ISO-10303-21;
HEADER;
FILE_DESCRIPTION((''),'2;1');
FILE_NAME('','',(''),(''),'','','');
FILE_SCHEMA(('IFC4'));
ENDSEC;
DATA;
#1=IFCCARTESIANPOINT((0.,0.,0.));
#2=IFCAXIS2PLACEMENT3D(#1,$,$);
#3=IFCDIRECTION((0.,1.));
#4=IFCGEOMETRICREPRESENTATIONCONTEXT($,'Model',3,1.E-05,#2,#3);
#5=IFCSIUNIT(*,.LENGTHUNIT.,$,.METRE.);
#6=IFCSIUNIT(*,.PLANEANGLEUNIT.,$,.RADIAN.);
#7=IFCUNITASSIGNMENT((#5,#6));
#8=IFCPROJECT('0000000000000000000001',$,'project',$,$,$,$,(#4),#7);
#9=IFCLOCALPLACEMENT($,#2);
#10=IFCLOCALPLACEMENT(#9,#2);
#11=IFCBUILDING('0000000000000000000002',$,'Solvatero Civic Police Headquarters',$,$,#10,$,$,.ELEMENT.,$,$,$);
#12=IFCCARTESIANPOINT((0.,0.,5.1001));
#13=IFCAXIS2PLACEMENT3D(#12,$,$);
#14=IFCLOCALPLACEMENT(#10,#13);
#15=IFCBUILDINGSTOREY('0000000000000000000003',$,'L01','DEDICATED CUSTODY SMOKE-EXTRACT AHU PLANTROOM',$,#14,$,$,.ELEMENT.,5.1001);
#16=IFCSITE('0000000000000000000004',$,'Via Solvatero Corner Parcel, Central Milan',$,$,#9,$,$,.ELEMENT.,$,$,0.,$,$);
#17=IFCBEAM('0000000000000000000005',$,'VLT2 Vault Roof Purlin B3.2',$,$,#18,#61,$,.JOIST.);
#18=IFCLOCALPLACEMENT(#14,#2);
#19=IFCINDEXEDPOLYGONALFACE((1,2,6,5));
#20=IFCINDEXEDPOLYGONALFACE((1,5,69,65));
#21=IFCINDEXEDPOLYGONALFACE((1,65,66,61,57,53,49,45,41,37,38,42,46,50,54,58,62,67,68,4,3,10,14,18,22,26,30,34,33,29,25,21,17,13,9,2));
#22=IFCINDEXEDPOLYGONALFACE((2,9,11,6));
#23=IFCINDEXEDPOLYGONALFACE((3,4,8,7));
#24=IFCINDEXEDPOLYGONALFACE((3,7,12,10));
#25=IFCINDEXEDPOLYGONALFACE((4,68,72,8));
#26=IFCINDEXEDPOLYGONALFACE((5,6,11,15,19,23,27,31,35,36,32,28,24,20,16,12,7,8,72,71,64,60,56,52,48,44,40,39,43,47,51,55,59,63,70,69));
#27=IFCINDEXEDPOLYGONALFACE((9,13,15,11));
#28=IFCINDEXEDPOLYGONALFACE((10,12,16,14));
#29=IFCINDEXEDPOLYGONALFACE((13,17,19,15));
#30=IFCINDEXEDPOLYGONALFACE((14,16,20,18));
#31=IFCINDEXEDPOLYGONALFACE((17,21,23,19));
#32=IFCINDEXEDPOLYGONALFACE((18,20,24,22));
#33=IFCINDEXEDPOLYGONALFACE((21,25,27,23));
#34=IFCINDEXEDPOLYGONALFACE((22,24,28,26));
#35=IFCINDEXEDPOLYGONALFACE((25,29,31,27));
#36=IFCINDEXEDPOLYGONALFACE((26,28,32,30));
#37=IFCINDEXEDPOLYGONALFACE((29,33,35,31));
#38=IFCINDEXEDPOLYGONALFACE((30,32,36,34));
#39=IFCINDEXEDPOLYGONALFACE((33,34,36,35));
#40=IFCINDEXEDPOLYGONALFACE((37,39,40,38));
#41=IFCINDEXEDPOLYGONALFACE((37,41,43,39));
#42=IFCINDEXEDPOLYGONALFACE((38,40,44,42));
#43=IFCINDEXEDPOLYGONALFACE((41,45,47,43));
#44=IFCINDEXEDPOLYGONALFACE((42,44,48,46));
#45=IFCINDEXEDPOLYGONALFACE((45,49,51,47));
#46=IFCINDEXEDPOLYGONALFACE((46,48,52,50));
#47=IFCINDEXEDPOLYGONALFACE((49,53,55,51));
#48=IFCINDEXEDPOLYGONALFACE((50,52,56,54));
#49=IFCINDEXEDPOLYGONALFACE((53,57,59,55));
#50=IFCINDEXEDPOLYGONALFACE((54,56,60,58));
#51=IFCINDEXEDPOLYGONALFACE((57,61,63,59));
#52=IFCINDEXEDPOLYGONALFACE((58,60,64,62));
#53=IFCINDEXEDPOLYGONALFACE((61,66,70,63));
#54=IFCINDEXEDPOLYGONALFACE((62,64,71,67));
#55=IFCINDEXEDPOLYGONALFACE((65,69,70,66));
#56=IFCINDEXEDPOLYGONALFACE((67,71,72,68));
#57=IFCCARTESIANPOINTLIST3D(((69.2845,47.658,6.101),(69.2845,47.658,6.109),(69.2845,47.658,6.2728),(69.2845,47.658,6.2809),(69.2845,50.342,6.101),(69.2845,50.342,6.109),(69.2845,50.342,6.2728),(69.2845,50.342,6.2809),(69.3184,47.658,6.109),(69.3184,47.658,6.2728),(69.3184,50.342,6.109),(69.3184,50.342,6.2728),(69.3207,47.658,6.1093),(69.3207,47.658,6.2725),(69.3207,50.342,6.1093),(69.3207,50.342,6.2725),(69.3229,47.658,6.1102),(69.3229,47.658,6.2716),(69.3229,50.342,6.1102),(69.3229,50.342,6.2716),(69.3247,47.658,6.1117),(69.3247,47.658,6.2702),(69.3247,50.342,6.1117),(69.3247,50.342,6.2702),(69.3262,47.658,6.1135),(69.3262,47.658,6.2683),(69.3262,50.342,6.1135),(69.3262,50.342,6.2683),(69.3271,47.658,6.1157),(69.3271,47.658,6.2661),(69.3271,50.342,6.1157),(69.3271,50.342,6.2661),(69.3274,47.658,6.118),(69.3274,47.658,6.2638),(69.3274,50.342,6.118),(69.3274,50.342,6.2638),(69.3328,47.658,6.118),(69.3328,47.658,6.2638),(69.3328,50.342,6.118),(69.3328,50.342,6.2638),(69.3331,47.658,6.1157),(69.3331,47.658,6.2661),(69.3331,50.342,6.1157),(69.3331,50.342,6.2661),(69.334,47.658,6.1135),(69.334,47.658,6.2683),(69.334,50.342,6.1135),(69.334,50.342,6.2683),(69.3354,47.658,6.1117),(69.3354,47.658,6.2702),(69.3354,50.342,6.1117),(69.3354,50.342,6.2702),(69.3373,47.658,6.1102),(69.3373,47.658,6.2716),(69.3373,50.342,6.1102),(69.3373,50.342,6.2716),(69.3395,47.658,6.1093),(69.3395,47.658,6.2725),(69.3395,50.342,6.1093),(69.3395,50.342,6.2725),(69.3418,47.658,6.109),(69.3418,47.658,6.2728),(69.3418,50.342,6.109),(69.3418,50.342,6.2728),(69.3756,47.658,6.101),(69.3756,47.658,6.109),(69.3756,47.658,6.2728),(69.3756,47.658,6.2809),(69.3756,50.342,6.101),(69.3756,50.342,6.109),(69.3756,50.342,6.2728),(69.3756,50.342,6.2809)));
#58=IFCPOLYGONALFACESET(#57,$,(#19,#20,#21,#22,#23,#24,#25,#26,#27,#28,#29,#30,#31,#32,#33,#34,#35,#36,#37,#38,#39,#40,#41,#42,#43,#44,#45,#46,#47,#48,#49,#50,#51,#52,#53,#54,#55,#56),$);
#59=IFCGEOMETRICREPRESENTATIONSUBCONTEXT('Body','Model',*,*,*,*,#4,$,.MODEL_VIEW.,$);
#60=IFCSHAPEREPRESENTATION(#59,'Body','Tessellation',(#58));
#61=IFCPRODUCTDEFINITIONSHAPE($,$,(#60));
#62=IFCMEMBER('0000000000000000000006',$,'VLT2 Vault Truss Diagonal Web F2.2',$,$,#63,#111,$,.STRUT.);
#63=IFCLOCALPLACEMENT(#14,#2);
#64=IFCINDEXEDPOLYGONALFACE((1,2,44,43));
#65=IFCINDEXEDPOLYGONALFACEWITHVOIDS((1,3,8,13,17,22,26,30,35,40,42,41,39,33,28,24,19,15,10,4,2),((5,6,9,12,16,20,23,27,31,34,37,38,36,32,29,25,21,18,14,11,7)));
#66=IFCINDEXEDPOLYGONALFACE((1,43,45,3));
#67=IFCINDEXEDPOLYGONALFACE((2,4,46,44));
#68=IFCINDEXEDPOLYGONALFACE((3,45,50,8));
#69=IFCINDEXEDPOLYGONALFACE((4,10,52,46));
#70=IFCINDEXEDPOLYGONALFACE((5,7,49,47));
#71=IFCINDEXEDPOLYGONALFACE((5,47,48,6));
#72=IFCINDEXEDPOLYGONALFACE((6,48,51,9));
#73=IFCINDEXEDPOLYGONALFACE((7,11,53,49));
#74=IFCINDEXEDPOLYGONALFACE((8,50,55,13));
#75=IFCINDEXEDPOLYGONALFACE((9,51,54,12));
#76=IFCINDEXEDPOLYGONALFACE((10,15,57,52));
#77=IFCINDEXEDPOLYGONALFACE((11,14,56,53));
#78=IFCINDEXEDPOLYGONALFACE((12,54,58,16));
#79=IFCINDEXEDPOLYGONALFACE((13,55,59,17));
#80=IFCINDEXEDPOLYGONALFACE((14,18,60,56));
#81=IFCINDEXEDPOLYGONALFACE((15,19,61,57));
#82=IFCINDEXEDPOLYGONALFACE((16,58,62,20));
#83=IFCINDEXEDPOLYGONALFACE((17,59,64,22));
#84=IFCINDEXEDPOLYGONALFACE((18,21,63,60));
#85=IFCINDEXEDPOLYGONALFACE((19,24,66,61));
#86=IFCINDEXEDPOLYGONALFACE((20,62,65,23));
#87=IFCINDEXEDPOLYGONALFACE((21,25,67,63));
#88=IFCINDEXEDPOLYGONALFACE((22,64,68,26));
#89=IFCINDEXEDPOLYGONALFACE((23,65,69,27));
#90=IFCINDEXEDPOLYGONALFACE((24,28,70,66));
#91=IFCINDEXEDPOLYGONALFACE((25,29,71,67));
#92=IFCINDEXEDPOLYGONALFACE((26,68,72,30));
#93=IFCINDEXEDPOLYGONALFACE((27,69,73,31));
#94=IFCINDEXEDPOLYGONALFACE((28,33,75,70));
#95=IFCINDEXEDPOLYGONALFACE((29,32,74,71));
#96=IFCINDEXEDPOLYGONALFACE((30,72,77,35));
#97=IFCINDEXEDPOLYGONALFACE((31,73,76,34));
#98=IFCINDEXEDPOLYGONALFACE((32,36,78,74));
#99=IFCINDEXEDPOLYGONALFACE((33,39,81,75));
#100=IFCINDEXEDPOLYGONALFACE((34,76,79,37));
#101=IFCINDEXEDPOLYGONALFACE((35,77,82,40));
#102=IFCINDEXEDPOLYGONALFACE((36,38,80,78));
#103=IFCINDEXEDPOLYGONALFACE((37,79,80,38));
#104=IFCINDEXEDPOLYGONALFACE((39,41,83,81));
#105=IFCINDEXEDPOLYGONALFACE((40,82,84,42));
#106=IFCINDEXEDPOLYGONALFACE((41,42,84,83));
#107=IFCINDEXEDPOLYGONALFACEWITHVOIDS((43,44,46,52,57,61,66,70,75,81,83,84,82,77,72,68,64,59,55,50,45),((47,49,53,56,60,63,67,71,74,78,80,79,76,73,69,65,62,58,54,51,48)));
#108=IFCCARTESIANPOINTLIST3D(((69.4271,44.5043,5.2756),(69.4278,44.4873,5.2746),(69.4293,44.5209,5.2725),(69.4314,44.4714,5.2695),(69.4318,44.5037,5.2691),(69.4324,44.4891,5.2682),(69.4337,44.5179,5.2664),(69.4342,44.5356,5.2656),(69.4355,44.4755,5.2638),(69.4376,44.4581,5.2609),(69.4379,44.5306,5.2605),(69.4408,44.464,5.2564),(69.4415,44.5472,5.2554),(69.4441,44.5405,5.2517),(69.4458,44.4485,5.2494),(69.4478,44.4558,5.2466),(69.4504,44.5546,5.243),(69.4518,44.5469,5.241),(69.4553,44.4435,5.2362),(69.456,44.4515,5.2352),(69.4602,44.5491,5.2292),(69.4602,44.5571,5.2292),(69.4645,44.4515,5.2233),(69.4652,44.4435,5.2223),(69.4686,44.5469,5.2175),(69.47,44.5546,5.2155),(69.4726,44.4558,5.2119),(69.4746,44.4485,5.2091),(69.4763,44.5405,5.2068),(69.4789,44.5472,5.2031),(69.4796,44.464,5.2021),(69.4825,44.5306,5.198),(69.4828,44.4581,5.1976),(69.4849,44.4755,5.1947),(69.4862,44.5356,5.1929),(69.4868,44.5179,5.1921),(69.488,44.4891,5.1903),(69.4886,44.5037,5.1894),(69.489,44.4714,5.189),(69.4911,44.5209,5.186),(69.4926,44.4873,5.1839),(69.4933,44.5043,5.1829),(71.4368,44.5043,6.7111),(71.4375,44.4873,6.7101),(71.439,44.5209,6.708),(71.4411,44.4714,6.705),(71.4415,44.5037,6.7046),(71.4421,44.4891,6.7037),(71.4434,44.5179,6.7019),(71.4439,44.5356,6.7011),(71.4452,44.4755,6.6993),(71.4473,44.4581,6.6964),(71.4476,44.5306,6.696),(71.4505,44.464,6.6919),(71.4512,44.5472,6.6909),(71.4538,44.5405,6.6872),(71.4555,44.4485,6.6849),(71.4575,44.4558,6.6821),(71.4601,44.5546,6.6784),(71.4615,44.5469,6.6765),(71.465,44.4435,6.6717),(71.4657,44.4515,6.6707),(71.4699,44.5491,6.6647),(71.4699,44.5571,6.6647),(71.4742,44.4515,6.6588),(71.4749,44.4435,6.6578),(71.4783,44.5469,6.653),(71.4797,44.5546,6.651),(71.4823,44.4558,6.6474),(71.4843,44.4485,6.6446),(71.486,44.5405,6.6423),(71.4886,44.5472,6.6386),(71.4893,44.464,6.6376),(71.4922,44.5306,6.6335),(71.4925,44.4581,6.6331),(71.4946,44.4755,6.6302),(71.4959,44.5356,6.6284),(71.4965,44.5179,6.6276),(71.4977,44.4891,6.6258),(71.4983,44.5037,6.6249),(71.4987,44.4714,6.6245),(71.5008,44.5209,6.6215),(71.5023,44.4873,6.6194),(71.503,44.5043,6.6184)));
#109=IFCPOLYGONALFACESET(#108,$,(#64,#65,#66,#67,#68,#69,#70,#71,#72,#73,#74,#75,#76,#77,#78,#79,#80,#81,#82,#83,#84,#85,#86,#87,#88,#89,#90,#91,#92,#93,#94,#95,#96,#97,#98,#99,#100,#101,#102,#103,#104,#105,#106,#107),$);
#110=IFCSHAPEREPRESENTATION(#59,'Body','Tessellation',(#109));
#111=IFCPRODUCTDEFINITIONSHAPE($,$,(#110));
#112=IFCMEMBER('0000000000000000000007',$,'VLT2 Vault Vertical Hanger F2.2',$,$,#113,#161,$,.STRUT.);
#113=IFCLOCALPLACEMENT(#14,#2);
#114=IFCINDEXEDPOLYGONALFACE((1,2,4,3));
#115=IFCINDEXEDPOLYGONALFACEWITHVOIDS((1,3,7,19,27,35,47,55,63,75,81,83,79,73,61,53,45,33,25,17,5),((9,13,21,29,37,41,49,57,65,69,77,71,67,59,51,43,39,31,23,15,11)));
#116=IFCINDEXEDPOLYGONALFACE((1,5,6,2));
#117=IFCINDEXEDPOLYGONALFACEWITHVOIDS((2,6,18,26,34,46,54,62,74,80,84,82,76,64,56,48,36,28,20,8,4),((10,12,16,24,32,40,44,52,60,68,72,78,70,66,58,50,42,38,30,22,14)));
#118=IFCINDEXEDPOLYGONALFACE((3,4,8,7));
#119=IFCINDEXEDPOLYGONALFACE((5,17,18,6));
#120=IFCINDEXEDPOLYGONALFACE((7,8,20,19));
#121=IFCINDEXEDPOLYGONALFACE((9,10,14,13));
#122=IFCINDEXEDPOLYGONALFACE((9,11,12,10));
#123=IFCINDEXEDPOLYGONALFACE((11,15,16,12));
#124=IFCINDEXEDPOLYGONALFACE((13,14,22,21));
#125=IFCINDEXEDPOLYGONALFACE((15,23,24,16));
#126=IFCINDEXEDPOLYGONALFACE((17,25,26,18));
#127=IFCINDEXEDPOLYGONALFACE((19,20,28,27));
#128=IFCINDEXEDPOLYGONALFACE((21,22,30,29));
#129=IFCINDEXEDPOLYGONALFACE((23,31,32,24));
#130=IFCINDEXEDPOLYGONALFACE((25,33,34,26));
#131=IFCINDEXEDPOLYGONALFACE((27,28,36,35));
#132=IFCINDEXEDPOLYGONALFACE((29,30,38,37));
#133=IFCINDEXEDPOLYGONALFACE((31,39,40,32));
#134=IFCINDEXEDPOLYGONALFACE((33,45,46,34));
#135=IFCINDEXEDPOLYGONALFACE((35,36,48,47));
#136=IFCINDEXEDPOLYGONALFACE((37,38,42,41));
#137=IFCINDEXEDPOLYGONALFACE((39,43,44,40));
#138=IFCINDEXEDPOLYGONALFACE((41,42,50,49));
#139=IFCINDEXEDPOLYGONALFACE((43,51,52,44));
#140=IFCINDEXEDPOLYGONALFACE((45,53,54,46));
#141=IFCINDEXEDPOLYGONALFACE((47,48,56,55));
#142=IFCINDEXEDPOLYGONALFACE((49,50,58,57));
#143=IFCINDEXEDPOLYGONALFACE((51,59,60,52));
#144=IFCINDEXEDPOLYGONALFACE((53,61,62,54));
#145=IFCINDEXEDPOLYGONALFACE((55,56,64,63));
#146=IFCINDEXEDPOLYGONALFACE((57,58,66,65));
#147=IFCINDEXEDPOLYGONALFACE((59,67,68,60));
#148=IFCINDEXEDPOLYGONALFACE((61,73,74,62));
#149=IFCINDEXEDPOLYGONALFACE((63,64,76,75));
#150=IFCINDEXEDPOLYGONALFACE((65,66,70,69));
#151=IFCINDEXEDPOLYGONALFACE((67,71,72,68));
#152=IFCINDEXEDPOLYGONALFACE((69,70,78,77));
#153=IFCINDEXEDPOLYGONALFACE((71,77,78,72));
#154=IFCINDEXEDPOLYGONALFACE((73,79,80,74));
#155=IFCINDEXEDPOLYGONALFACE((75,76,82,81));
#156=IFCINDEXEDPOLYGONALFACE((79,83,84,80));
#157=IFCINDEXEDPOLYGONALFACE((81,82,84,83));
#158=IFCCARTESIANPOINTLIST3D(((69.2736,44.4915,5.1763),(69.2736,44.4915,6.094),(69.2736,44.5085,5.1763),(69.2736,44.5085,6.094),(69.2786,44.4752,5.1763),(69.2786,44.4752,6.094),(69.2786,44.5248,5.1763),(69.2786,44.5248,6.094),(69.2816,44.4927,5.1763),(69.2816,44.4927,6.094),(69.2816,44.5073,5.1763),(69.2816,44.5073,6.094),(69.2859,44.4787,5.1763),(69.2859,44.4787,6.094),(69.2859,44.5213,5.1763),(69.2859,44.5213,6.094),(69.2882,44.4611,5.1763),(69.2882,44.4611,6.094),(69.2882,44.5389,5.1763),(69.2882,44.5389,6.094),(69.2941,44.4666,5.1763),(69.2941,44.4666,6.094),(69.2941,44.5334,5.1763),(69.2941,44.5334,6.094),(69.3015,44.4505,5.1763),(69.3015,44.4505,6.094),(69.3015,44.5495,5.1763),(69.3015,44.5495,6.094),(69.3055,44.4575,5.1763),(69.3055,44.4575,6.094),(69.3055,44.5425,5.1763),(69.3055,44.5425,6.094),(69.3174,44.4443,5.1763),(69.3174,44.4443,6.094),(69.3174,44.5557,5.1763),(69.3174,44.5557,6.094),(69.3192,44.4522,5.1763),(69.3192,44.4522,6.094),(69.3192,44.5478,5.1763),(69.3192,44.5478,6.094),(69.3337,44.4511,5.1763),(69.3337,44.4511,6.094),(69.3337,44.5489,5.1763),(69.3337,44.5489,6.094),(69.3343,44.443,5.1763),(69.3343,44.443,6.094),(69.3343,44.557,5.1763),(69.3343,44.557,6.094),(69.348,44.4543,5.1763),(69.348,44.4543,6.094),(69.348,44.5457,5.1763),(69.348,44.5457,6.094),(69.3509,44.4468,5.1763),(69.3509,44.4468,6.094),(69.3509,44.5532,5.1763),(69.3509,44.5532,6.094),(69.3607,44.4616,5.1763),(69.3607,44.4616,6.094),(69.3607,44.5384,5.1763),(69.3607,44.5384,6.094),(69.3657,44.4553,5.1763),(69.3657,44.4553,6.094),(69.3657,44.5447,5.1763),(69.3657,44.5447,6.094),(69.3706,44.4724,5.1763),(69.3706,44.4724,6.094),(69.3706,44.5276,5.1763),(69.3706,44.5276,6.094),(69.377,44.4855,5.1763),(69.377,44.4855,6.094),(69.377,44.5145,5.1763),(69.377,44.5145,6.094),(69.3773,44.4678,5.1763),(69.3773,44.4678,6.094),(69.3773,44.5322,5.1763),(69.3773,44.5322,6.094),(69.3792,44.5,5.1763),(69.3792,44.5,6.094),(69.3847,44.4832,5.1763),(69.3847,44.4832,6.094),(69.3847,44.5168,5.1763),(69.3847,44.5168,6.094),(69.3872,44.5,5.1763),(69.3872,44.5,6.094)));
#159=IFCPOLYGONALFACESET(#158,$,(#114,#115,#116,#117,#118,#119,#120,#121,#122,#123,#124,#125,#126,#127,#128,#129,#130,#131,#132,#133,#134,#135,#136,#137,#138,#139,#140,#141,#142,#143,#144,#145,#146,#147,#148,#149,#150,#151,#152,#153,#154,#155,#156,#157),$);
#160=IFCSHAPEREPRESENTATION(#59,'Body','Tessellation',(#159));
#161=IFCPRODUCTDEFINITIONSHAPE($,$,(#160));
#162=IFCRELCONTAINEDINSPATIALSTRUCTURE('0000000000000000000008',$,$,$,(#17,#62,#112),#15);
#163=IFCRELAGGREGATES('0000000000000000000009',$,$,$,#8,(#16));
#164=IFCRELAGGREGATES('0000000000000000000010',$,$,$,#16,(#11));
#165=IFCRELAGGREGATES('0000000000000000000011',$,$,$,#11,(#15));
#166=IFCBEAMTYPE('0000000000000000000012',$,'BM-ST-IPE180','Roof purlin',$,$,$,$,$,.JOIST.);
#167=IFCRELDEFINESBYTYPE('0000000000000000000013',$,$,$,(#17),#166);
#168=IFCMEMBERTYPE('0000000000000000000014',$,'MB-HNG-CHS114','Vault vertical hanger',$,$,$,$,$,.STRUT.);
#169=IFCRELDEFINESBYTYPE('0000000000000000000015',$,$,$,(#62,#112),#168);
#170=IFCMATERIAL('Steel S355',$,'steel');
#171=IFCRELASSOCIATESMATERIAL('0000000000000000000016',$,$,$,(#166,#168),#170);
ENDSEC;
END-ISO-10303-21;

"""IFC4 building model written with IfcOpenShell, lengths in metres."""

from ifc_helpers import new_model, si_unit, direction, frame, origin, origin_2d, place, context, subcontext, project, spatial, hollow_circle, i_section, extrude, material, material_profile, profile_set, type_object, element, save


model = new_model("IFC4")

# Units and contexts
model_context = context("Model", 3, precision=1e-05, world=origin(), true_north=direction((0.0, 1.0)))
body_context = subcontext(model_context, "Body", "Model", "MODEL_VIEW")
ifc_project = project(units=[si_unit("LENGTHUNIT", "METRE"), si_unit("PLANEANGLEUNIT", "RADIAN")], contexts=[model_context])

# Site, building, storey
site_placement = place(None, origin())
site = spatial("IfcSite", under=ifc_project, at=site_placement, Name="Via Solvatero Corner Parcel, Central Milan", CompositionType="ELEMENT", RefElevation=0.0)
building_placement = place(site_placement, origin())
building = spatial("IfcBuilding", under=site, at=building_placement, Name="Solvatero Civic Police Headquarters", CompositionType="ELEMENT")
storey_placement = place(building_placement, frame((0.0, 0.0, 5.1001)))
storey = spatial("IfcBuildingStorey", under=building, at=storey_placement, Name="L01", Description="DEDICATED CUSTODY SMOKE-EXTRACT AHU PLANTROOM", CompositionType="ELEMENT", Elevation=5.1001)

# Beam
ifc_material_1 = material(Name="Steel S355", Category="steel")
ifc_material_profile_1 = material_profile(ifc_material_1, i_section(OverallWidth=0.0911, OverallDepth=0.1799, WebThickness=0.0054, FlangeThickness=0.0081, FilletRadius=0.009, at=origin_2d()), Name="IPE 180")
ifc_profile_set_1 = profile_set([ifc_material_profile_1], Name="Steel S355")
beam_type_1 = type_object("IfcBeamType", Name="BM-ST-IPE180", Description="Roof purlin", PredefinedType="JOIST", material=ifc_profile_set_1)
for number, where, z_axis, x_axis, name in (
    (1, (69.3301, 47.658, 6.1909), (0.0, 1.0, 0.0), (-1.0, 0.0, 0.0), "VLT2 Vault Roof Purlin B3.2"),
):
    element("IfcBeam", number, at=place(storey_placement, frame(where, z_axis=z_axis, x_axis=x_axis)), inside=storey, type_object=beam_type_1, Name=name, PredefinedType="JOIST", context=body_context, shape_type="SweptSolid", body=[
        extrude(i_section(OverallWidth=0.0911, OverallDepth=0.1799, WebThickness=0.0054, FlangeThickness=0.0081, FilletRadius=0.009, at=origin_2d()), origin(), (0.0, 0.0, 1.0), 2.6841),
    ])

# Members
ifc_material_profile_2 = material_profile(ifc_material_1, hollow_circle(Radius=0.0571, WallThickness=0.0081, at=origin_2d()), Name="CHS 114.3x8.0")
ifc_profile_set_2 = profile_set([ifc_material_profile_2], Name="Steel S355")
member_type_1 = type_object("IfcMemberType", Name="MB-HNG-CHS114", Description="Vault vertical hanger", PredefinedType="STRUT", material=ifc_profile_set_2)
member_1_placement = place(storey_placement, frame((69.4602, 44.5, 5.2292), z_axis=(0.813733, 0.0, 0.581238), x_axis=(0.0, 1.0, 0.0)))
element("IfcMember", 2, at=member_1_placement, inside=storey, type_object=member_type_1, Name="VLT2 Vault Truss Diagonal Web F2.2", PredefinedType="STRUT", context=body_context, shape_type="SweptSolid", body=[
    extrude(hollow_circle(Radius=0.0571, WallThickness=0.0081, at=origin_2d()), origin(), (0.0, 0.0, 1.0), 2.4697),
])
member_2_placement = place(storey_placement, frame((69.3301, 44.5, 5.1763), z_axis=(0.0, 0.0, 1.0), x_axis=(1.0, 0.0, 0.0)))
element("IfcMember", 3, at=member_2_placement, inside=storey, type_object=member_type_1, Name="VLT2 Vault Vertical Hanger F2.2", PredefinedType="STRUT", context=body_context, shape_type="SweptSolid", body=[
    extrude(hollow_circle(Radius=0.0571, WallThickness=0.0081, at=origin_2d()), origin(), (0.0, 0.0, 1.0), 0.9177),
])

save(model, "model.ifc")
